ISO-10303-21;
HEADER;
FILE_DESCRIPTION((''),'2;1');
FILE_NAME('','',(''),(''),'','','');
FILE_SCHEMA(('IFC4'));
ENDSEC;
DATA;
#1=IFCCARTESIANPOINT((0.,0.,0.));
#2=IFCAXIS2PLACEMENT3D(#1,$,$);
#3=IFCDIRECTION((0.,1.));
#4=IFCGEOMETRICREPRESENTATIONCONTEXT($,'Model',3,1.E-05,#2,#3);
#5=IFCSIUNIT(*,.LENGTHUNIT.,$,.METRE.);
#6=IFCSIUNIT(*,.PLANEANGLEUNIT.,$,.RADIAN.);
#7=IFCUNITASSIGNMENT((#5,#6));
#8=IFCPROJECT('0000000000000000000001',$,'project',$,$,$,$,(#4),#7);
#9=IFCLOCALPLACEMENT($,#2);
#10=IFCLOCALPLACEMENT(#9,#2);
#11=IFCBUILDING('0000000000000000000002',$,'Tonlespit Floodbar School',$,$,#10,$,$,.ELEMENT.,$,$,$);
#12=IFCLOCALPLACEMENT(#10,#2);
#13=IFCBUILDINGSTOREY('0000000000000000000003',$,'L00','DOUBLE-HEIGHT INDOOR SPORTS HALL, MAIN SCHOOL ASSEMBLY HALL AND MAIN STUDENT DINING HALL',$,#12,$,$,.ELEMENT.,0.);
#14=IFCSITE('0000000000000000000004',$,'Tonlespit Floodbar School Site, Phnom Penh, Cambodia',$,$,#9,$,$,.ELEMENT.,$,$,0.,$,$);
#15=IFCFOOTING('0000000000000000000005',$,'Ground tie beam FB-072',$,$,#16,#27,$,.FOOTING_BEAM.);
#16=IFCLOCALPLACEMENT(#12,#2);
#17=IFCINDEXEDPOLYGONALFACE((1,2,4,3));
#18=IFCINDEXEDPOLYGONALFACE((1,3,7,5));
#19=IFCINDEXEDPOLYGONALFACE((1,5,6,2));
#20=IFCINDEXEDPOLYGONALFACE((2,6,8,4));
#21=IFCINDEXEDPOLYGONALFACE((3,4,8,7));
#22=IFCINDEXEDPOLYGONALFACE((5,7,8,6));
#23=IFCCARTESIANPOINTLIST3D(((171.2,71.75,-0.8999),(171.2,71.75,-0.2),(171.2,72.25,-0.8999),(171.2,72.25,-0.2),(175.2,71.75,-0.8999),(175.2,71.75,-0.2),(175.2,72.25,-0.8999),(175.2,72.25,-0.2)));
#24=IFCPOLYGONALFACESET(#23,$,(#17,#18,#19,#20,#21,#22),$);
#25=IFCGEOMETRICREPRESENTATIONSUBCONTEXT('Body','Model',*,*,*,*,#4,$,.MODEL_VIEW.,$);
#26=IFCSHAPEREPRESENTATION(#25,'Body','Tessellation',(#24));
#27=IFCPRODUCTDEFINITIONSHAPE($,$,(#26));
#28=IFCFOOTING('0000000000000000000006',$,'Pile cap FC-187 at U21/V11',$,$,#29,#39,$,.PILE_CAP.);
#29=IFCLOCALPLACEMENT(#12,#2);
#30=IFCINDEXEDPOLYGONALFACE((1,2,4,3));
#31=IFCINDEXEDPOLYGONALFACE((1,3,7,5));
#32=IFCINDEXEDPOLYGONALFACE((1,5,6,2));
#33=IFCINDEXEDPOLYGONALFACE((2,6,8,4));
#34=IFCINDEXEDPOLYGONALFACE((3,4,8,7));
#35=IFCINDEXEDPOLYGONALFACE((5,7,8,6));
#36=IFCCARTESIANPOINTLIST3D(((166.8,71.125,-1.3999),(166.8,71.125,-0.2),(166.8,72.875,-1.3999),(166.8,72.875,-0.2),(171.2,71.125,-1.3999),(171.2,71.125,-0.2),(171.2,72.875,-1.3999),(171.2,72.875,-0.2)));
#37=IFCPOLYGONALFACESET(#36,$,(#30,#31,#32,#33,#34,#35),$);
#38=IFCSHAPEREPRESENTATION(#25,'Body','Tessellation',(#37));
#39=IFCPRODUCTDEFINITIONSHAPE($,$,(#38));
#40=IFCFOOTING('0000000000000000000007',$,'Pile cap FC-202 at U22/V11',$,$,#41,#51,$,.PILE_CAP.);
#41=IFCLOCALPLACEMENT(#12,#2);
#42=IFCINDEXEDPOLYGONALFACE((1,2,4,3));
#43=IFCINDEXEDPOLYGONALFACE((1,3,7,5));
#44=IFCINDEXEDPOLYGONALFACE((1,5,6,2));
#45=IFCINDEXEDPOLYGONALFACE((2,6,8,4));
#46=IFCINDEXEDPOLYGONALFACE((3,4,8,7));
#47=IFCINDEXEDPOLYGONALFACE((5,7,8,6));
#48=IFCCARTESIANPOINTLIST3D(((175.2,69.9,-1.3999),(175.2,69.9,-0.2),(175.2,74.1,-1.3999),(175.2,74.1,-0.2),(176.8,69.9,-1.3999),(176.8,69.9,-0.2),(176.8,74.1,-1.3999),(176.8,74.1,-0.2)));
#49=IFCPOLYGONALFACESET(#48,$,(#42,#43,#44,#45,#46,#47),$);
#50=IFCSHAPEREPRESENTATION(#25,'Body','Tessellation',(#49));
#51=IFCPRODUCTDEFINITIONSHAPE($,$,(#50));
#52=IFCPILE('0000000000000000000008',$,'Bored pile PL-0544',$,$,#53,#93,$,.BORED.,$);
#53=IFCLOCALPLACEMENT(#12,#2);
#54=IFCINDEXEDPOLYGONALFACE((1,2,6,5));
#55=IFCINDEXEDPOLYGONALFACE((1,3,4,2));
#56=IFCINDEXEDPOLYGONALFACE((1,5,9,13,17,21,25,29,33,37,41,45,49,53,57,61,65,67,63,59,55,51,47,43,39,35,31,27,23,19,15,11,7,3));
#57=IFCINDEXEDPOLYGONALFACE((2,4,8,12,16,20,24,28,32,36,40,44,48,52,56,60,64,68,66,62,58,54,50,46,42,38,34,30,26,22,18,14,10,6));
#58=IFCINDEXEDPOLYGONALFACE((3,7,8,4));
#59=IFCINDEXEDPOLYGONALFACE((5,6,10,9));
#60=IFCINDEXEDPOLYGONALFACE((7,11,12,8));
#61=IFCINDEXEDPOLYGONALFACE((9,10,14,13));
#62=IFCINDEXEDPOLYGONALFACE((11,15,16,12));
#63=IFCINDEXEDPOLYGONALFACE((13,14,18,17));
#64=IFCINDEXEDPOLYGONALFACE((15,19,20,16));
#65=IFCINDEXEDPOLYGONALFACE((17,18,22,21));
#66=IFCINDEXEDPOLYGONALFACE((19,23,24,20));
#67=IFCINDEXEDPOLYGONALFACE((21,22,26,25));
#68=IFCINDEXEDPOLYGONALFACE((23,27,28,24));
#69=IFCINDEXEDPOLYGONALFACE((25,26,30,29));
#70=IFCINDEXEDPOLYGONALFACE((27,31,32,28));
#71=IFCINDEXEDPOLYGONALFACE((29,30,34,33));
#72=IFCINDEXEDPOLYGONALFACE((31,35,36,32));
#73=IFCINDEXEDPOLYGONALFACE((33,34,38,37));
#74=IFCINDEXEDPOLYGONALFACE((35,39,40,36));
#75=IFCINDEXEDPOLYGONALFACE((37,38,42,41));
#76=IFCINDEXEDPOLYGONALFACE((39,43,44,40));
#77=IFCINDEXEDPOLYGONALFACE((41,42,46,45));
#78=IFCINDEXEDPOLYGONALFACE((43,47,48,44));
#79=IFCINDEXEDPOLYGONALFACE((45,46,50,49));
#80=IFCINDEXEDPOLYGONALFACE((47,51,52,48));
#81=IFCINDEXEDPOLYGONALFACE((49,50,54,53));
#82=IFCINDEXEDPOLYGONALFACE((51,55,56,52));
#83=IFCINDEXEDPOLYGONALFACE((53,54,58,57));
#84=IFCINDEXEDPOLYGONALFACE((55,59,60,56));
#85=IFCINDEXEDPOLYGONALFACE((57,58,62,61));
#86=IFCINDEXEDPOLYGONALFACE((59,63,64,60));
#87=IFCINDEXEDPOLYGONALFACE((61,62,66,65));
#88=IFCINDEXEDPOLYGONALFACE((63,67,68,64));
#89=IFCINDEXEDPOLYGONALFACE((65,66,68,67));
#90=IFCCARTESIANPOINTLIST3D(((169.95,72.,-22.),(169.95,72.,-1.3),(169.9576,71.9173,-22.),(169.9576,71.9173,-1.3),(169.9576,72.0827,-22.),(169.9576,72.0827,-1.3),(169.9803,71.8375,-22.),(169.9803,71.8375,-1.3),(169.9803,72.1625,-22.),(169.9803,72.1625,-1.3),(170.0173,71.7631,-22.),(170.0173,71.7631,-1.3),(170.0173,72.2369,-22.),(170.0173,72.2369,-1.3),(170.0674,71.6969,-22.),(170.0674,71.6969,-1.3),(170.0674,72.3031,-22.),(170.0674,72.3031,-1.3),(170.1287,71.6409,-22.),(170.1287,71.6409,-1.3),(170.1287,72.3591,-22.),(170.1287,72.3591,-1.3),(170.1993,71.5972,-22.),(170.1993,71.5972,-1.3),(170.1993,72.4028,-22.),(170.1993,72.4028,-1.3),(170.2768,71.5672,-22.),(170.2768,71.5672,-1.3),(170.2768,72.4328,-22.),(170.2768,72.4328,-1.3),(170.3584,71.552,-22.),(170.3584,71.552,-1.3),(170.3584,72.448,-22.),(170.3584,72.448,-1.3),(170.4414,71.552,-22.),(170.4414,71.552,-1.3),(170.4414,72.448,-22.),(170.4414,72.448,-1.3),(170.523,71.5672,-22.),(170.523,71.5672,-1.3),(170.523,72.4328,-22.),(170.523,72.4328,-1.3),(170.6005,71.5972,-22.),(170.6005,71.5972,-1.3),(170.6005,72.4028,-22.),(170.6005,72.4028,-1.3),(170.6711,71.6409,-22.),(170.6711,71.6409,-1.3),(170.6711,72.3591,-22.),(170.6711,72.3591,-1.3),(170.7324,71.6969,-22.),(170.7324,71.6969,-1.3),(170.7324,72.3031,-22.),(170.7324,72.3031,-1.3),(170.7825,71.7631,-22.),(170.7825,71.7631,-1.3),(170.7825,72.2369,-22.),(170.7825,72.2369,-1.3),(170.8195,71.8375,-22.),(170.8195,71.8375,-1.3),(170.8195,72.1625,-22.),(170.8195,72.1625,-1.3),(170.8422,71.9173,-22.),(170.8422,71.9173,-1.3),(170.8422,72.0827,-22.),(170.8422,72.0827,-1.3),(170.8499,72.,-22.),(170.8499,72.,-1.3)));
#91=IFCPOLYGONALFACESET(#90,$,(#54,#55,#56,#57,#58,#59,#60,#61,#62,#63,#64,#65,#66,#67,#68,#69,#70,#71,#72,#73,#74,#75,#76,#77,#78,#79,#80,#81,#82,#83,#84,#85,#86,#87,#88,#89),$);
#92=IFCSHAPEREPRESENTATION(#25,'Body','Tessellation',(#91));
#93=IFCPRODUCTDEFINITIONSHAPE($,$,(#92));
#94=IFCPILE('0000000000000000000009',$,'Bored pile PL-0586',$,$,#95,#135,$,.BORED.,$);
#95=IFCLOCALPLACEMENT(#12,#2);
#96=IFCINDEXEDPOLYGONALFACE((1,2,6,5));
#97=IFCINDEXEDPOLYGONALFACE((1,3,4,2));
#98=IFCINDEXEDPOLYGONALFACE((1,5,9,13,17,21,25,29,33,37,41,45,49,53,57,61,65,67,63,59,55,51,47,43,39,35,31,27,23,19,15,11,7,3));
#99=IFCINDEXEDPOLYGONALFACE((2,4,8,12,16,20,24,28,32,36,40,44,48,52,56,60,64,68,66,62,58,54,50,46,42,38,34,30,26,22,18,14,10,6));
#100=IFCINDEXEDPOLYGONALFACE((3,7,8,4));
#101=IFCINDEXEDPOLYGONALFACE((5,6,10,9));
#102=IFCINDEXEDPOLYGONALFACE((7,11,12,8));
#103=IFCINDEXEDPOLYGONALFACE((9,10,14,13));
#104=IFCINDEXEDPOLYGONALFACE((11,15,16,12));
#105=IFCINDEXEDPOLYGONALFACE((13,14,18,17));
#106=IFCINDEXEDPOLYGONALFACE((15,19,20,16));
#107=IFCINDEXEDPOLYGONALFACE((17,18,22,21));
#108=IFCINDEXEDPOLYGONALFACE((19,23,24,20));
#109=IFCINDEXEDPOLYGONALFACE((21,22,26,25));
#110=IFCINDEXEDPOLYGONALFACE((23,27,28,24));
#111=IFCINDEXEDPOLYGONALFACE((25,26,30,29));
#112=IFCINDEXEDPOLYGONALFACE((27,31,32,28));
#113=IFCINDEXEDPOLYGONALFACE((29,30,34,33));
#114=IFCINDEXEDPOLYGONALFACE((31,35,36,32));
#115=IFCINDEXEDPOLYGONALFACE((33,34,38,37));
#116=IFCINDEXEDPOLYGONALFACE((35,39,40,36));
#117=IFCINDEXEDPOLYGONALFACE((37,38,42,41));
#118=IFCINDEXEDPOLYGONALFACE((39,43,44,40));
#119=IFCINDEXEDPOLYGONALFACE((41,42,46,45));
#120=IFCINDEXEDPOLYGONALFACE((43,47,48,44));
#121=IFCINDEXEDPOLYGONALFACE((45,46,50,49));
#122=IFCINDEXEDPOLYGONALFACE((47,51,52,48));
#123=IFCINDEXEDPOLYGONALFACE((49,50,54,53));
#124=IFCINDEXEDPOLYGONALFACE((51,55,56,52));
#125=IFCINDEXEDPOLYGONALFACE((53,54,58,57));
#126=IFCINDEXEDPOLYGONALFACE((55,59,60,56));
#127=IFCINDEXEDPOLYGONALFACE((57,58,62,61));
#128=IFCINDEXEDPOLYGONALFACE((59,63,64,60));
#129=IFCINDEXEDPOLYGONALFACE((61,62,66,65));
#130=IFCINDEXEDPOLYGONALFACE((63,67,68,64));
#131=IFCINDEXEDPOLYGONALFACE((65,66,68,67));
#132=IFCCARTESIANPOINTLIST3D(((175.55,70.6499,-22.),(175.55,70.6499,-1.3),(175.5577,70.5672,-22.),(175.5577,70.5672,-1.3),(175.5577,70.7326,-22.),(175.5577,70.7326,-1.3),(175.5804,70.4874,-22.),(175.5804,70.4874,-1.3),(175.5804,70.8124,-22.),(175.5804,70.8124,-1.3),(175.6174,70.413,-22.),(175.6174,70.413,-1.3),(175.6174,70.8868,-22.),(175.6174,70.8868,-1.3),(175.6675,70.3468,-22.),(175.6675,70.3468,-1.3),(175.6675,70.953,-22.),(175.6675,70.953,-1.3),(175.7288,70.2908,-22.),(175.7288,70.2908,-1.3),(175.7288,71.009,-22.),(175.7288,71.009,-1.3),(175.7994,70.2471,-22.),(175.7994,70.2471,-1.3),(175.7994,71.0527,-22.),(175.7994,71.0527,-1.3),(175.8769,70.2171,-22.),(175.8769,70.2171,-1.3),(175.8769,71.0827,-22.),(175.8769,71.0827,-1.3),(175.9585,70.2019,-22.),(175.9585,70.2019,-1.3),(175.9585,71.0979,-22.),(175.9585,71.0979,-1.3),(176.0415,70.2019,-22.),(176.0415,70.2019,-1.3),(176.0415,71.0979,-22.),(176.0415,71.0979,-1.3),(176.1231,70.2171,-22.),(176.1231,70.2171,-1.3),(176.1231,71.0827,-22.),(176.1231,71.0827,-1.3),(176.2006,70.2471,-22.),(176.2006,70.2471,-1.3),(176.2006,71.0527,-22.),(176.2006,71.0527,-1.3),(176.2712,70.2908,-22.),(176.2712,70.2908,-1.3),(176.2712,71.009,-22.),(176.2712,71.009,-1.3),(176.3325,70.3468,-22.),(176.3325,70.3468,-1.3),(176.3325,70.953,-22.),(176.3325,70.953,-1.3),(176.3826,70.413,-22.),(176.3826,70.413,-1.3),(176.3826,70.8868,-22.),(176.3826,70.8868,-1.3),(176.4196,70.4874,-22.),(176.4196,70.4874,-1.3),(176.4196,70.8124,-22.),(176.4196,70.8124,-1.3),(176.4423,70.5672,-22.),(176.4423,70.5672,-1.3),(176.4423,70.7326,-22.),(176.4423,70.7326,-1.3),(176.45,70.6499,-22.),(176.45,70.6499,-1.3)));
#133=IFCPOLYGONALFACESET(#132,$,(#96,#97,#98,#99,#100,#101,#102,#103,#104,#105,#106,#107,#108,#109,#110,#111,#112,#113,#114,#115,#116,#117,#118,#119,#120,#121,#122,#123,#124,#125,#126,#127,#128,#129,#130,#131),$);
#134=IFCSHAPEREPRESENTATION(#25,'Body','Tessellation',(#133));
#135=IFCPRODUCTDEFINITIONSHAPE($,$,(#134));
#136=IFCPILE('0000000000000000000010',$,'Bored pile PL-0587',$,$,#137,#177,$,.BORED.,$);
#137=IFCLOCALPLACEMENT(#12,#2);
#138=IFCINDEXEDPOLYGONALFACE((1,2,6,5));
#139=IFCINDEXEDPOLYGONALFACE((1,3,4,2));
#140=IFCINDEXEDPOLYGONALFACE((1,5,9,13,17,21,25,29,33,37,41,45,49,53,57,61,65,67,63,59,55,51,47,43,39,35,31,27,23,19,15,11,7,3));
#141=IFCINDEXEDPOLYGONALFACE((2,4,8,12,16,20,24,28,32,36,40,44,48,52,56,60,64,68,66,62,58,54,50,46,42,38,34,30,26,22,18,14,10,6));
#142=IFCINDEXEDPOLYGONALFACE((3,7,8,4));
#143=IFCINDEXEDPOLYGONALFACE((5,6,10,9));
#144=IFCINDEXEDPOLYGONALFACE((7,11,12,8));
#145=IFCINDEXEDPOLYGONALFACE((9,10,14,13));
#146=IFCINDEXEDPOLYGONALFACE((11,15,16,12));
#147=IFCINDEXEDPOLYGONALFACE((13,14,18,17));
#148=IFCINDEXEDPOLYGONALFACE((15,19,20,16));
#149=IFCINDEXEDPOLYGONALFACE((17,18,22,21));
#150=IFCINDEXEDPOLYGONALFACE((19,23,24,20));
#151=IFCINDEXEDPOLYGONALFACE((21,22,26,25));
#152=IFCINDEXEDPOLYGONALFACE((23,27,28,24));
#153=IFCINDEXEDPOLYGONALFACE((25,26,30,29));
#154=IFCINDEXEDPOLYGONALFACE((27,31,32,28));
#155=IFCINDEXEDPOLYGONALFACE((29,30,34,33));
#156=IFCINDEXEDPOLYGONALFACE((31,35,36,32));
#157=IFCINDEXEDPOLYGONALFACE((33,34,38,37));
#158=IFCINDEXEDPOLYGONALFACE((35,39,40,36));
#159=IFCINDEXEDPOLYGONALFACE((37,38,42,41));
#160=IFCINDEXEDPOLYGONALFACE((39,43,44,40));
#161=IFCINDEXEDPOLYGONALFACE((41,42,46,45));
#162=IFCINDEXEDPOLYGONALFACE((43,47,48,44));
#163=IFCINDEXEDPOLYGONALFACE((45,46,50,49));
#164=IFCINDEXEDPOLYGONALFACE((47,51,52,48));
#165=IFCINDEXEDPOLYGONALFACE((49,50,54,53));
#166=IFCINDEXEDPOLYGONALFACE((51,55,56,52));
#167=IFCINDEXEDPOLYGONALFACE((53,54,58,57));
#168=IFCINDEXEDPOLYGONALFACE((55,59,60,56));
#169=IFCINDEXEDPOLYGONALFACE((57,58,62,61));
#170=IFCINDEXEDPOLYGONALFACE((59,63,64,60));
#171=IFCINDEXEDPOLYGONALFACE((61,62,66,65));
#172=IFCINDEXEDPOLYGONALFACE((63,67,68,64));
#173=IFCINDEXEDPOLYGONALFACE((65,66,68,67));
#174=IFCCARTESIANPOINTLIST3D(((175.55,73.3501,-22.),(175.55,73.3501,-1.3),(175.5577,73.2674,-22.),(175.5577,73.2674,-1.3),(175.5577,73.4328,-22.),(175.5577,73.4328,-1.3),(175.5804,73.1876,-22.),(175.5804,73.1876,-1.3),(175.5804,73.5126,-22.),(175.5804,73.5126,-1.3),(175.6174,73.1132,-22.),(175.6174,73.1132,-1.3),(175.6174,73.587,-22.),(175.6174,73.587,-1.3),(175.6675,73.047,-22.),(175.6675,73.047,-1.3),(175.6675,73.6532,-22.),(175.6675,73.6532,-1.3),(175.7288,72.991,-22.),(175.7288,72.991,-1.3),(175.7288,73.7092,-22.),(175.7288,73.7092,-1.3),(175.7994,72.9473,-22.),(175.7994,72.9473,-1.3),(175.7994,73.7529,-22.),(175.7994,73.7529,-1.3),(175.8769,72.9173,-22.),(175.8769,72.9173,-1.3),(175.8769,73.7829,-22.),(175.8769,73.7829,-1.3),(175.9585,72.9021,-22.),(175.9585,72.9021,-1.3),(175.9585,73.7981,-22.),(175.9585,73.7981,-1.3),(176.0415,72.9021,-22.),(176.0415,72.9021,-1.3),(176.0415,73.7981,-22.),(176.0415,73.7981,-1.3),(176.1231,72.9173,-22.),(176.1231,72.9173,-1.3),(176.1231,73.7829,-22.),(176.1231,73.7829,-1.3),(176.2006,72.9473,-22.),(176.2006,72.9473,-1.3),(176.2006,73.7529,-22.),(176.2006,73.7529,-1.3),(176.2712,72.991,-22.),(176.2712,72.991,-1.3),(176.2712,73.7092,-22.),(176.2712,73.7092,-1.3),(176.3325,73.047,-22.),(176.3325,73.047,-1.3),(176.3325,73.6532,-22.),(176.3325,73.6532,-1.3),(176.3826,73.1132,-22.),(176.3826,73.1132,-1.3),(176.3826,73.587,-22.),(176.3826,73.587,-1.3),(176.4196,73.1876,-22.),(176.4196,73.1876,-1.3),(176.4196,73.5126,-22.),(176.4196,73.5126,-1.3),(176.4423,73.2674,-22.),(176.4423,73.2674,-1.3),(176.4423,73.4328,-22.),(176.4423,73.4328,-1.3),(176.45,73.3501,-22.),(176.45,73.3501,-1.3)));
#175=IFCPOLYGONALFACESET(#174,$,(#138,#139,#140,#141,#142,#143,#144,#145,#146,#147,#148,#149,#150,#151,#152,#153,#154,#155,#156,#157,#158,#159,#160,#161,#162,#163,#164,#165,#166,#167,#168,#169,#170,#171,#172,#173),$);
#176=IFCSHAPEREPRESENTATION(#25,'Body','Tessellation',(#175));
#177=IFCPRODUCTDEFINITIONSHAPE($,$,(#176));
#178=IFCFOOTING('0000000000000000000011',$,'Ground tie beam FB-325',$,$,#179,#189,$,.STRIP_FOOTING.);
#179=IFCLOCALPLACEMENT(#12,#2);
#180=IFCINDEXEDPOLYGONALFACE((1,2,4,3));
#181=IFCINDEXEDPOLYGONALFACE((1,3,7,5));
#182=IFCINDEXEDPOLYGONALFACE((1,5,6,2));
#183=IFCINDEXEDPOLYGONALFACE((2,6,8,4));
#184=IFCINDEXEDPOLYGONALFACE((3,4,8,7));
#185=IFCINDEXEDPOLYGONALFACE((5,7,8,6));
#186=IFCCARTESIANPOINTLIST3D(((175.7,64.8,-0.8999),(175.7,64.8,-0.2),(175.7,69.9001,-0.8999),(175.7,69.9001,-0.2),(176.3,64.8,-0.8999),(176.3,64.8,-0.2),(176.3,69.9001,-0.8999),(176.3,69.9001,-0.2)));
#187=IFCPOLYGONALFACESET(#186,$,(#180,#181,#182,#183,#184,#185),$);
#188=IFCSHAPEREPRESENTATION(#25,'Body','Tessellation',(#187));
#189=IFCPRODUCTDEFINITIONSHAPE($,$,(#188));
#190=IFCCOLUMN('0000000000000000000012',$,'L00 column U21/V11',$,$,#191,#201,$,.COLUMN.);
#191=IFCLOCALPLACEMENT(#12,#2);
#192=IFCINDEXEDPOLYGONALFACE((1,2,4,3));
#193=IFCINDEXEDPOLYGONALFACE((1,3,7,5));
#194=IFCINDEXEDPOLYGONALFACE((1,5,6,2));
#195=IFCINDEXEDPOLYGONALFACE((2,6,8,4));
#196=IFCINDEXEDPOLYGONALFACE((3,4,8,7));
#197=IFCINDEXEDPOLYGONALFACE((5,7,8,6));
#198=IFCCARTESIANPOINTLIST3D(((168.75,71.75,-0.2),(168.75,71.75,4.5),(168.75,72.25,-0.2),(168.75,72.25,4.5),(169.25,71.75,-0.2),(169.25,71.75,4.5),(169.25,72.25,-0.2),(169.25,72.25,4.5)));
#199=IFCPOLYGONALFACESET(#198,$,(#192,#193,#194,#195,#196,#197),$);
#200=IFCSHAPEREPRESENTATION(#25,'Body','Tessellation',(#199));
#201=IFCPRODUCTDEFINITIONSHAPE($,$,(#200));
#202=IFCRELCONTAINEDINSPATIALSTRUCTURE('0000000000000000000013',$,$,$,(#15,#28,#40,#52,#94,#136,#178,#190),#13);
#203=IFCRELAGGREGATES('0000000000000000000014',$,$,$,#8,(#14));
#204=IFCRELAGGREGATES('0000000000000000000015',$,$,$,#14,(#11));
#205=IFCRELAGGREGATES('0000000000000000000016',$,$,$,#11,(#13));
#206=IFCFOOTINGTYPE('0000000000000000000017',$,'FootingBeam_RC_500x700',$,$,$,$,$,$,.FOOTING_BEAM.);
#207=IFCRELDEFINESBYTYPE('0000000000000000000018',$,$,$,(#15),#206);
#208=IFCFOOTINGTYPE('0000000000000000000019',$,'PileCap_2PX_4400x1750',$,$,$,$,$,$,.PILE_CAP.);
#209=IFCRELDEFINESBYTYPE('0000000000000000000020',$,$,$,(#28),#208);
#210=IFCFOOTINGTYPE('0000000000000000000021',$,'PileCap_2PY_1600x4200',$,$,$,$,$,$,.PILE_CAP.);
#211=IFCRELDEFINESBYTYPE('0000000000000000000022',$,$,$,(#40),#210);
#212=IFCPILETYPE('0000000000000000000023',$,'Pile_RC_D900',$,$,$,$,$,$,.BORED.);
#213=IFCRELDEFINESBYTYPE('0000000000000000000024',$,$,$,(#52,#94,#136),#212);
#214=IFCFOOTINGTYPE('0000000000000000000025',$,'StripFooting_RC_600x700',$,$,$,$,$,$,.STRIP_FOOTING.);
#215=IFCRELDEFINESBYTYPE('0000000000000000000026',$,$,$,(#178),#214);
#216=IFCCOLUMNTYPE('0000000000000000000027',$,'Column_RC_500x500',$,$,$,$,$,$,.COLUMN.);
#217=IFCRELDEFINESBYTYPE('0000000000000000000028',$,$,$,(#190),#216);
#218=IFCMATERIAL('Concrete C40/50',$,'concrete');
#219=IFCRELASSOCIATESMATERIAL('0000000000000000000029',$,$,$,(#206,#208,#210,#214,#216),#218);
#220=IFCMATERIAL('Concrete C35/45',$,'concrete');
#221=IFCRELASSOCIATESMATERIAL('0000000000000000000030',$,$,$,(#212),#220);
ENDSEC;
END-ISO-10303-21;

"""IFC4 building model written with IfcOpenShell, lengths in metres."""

from ifc_helpers import new_model, si_unit, direction, frame, origin, origin_2d, place, context, subcontext, project, spatial, rectangle, circle, extrude, material, material_profile, profile_set, type_object, element, save


model = new_model("IFC4")

# Units and contexts
model_context = context("Model", 3, precision=1e-05, world=origin(), true_north=direction((0.0, 1.0)))
body_context = subcontext(model_context, "Body", "Model", "MODEL_VIEW")
ifc_project = project(units=[si_unit("LENGTHUNIT", "METRE"), si_unit("PLANEANGLEUNIT", "RADIAN")], contexts=[model_context])

# Site, building, storey
site_placement = place(None, origin())
site = spatial("IfcSite", under=ifc_project, at=site_placement, Name="Tonlespit Floodbar School Site, Phnom Penh, Cambodia", CompositionType="ELEMENT", RefElevation=0.0)
building_placement = place(site_placement, origin())
building = spatial("IfcBuilding", under=site, at=building_placement, Name="Tonlespit Floodbar School", CompositionType="ELEMENT")
storey_placement = place(building_placement, origin())
storey = spatial("IfcBuildingStorey", under=building, at=storey_placement, Name="L00", Description="DOUBLE-HEIGHT INDOOR SPORTS HALL, MAIN SCHOOL ASSEMBLY HALL AND MAIN STUDENT DINING HALL", CompositionType="ELEMENT", Elevation=0.0)

# Footings
ifc_material_1 = material(Name="Concrete C40/50", Category="concrete")
footing_type_1 = type_object("IfcFootingType", Name="FootingBeam_RC_500x700", PredefinedType="FOOTING_BEAM", material=ifc_material_1)
footing_1_placement = place(storey_placement, frame((173.2, 72.0, -0.8999), z_axis=(0.0, 0.0, 1.0), x_axis=(1.0, 0.0, 0.0)))
element("IfcFooting", 1, at=footing_1_placement, inside=storey, type_object=footing_type_1, Name="Ground tie beam FB-072", PredefinedType="FOOTING_BEAM", context=body_context, shape_type="SweptSolid", body=[
    extrude(rectangle(XDim=4.0, YDim=0.5, at=origin_2d()), origin(), (0.0, 0.0, 1.0), 0.7),
])
footing_type_2 = type_object("IfcFootingType", Name="PileCap_2PX_4400x1750", PredefinedType="PILE_CAP", material=ifc_material_1)
footing_2_placement = place(storey_placement, frame((169.0, 72.0, -1.3999), z_axis=(0.0, 0.0, 1.0), x_axis=(1.0, 0.0, 0.0)))
element("IfcFooting", 2, at=footing_2_placement, inside=storey, type_object=footing_type_2, Name="Pile cap FC-187 at U21/V11", PredefinedType="PILE_CAP", context=body_context, shape_type="SweptSolid", body=[
    extrude(rectangle(XDim=4.3999, YDim=1.75, at=origin_2d()), origin(), (0.0, 0.0, 1.0), 1.2),
])
footing_type_3 = type_object("IfcFootingType", Name="PileCap_2PY_1600x4200", PredefinedType="PILE_CAP", material=ifc_material_1)
footing_3_placement = place(storey_placement, frame((176.0, 72.0, -1.3999), z_axis=(0.0, 0.0, 1.0), x_axis=(1.0, 0.0, 0.0)))
element("IfcFooting", 3, at=footing_3_placement, inside=storey, type_object=footing_type_3, Name="Pile cap FC-202 at U22/V11", PredefinedType="PILE_CAP", context=body_context, shape_type="SweptSolid", body=[
    extrude(rectangle(XDim=1.6001, YDim=4.2, at=origin_2d()), origin(), (0.0, 0.0, 1.0), 1.2),
])

# Piles
ifc_material_2 = material(Name="Concrete C35/45", Category="concrete")
ifc_material_profile_1 = material_profile(ifc_material_2, circle(Radius=0.45, at=origin_2d()), Name="BP D900")
ifc_profile_set_1 = profile_set([ifc_material_profile_1], Name="Concrete C35/45")
pile_type = type_object("IfcPileType", Name="Pile_RC_D900", PredefinedType="BORED", material=ifc_profile_set_1)
for number, where, z_axis, x_axis, name in (
    (4, (170.3999, 72.0, -1.3), (0.0, 0.0, -1.0), (1.0, 0.0, 0.0), "Bored pile PL-0544"),
    (5, (176.0, 70.6499, -1.3), (0.0, 0.0, -1.0), (1.0, 0.0, 0.0), "Bored pile PL-0586"),
    (6, (176.0, 73.3501, -1.3), (0.0, 0.0, -1.0), (1.0, 0.0, 0.0), "Bored pile PL-0587"),
):
    element("IfcPile", number, at=place(storey_placement, frame(where, z_axis=z_axis, x_axis=x_axis)), inside=storey, type_object=pile_type, Name=name, PredefinedType="BORED", context=body_context, shape_type="SweptSolid", body=[
        extrude(circle(Radius=0.45, at=origin_2d()), origin(), (0.0, 0.0, 1.0), 20.7),
    ])

# Footing
footing_type_4 = type_object("IfcFootingType", Name="StripFooting_RC_600x700", PredefinedType="STRIP_FOOTING", material=ifc_material_1)
footing_4_placement = place(storey_placement, frame((176.0, 67.3501, -0.8999), z_axis=(0.0, 0.0, 1.0), x_axis=(0.0, 1.0, 0.0)))
element("IfcFooting", 7, at=footing_4_placement, inside=storey, type_object=footing_type_4, Name="Ground tie beam FB-325", PredefinedType="STRIP_FOOTING", context=body_context, shape_type="SweptSolid", body=[
    extrude(rectangle(XDim=5.1001, YDim=0.6001, at=origin_2d()), origin(), (0.0, 0.0, 1.0), 0.7),
])

# Column
ifc_material_profile_2 = material_profile(ifc_material_1, rectangle(XDim=0.5, YDim=0.5, at=origin_2d()), Name="RC 500x500")
ifc_profile_set_2 = profile_set([ifc_material_profile_2], Name="Concrete C40/50")
column_type = type_object("IfcColumnType", Name="Column_RC_500x500", PredefinedType="COLUMN", material=ifc_profile_set_2)
for number, where, z_axis, x_axis, name in (
    (8, (169.0, 72.0, -0.2), (0.0, 0.0, 1.0), (1.0, 0.0, 0.0), "L00 column U21/V11"),
):
    element("IfcColumn", number, at=place(storey_placement, frame(where, z_axis=z_axis, x_axis=x_axis)), inside=storey, type_object=column_type, Name=name, PredefinedType="COLUMN", context=body_context, shape_type="SweptSolid", body=[
        extrude(rectangle(XDim=0.5, YDim=0.5, at=origin_2d()), origin(), (0.0, 0.0, 1.0), 4.7),
    ])

save(model, "model.ifc")
